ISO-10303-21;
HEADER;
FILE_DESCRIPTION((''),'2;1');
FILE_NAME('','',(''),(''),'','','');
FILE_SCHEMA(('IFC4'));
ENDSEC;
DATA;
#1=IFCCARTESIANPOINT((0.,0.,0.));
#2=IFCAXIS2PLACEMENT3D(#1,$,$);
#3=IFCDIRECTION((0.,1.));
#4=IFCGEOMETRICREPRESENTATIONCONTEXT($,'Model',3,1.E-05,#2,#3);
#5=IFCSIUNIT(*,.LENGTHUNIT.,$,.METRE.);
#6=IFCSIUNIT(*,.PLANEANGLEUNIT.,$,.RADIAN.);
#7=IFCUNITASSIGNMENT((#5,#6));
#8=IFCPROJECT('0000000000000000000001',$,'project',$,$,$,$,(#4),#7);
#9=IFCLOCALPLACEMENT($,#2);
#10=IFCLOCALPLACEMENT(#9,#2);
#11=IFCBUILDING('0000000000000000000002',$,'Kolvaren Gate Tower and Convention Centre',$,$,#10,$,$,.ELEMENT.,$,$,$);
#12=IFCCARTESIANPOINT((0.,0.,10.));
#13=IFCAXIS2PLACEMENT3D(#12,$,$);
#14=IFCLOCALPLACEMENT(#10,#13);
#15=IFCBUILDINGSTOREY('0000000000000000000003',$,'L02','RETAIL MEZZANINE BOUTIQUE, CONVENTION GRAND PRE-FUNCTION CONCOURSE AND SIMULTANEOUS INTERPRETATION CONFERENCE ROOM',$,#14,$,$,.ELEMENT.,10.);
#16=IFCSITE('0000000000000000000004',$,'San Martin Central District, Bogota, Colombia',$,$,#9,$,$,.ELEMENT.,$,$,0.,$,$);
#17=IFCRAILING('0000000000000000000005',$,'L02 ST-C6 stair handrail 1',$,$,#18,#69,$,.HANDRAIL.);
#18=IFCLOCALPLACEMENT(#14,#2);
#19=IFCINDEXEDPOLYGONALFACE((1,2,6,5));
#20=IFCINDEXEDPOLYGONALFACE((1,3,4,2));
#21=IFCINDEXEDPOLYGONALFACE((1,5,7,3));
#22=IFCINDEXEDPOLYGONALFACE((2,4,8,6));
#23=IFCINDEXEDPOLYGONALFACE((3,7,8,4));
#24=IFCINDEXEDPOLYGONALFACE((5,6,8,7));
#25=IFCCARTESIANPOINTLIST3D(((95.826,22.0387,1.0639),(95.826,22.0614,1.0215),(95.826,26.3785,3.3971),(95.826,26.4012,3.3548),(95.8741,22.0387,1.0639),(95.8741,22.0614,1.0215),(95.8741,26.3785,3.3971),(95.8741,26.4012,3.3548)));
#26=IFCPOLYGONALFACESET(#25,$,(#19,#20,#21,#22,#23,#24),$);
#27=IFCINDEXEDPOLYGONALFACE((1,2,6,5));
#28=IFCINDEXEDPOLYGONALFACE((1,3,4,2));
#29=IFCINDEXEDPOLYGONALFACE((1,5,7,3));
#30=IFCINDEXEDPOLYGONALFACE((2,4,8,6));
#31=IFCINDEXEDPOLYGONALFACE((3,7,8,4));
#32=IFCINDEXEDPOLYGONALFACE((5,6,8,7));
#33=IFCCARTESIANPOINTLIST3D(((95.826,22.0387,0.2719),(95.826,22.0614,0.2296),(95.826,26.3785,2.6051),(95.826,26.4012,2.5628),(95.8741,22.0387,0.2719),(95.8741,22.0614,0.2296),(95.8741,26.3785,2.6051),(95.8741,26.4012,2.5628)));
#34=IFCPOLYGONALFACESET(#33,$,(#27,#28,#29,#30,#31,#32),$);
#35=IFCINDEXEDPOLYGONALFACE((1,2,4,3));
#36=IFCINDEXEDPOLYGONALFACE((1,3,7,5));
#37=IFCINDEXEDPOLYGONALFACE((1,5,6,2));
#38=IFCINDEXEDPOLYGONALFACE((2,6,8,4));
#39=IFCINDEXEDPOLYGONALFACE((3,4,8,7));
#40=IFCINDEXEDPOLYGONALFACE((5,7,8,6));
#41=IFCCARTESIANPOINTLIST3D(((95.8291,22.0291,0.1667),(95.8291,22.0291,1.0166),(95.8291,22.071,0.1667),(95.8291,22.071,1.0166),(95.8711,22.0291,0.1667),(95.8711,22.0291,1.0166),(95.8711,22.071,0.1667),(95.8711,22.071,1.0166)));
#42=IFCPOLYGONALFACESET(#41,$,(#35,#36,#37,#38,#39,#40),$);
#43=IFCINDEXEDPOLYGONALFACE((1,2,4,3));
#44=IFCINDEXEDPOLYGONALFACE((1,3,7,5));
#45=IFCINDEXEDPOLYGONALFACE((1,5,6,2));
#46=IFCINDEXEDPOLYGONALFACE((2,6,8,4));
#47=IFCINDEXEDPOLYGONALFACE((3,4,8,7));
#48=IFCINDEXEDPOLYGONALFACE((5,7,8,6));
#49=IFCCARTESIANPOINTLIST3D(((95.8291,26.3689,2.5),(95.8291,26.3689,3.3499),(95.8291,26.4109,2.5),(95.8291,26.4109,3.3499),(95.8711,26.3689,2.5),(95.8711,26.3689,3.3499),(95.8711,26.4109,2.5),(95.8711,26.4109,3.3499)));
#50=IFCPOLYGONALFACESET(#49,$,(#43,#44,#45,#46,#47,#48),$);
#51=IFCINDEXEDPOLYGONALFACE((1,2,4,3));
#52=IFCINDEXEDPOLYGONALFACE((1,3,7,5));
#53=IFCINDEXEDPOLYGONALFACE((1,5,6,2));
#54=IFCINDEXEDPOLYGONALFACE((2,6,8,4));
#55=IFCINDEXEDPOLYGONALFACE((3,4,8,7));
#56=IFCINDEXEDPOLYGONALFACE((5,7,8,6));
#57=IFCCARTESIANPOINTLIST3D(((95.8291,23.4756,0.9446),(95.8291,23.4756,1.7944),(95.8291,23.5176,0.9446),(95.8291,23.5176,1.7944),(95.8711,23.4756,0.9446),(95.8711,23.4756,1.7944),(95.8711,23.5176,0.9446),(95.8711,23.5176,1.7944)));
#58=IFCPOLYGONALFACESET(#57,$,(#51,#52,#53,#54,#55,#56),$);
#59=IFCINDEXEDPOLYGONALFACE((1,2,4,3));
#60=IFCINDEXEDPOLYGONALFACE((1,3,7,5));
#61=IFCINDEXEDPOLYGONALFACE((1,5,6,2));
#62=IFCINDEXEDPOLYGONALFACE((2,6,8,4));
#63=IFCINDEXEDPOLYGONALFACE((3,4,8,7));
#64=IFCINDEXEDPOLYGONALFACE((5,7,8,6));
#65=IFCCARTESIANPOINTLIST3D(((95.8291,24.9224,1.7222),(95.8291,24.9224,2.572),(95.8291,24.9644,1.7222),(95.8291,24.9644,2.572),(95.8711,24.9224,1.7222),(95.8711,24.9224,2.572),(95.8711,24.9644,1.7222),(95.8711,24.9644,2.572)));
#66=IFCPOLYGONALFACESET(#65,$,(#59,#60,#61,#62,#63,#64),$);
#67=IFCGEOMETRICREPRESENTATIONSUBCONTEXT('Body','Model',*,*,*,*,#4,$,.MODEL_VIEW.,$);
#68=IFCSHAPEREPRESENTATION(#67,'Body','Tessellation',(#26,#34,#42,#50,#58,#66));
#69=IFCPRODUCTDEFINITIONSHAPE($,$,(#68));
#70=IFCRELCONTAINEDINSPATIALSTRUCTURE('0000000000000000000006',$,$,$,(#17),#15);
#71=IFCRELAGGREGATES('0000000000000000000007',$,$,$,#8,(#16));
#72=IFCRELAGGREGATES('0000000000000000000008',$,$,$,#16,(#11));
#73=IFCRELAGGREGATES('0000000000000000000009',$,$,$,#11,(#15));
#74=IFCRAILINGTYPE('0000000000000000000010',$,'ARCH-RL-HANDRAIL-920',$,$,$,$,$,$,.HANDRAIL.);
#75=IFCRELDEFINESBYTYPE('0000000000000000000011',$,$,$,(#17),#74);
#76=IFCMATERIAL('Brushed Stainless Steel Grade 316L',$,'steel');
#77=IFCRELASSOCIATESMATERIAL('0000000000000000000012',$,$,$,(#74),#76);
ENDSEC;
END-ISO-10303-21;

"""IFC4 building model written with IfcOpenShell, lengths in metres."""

from ifc_helpers import new_model, si_unit, direction, frame, origin, origin_2d, place, context, subcontext, project, spatial, rectangle, extrude, material, type_object, element, save


model = new_model("IFC4")

# Units and contexts
model_context = context("Model", 3, precision=1e-05, world=origin(), true_north=direction((0.0, 1.0)))
body_context = subcontext(model_context, "Body", "Model", "MODEL_VIEW")
ifc_project = project(units=[si_unit("LENGTHUNIT", "METRE"), si_unit("PLANEANGLEUNIT", "RADIAN")], contexts=[model_context])

# Site, building, storey
site_placement = place(None, origin())
site = spatial("IfcSite", under=ifc_project, at=site_placement, Name="San Martin Central District, Bogota, Colombia", CompositionType="ELEMENT", RefElevation=0.0)
building_placement = place(site_placement, origin())
building = spatial("IfcBuilding", under=site, at=building_placement, Name="Kolvaren Gate Tower and Convention Centre", CompositionType="ELEMENT")
storey_placement = place(building_placement, frame((0.0, 0.0, 10.0)))
storey = spatial("IfcBuildingStorey", under=building, at=storey_placement, Name="L02", Description="RETAIL MEZZANINE BOUTIQUE, CONVENTION GRAND PRE-FUNCTION CONCOURSE AND SIMULTANEOUS INTERPRETATION CONFERENCE ROOM", CompositionType="ELEMENT", Elevation=10.0)

# Railing
ifc_material_1 = material(Name="Brushed Stainless Steel Grade 316L", Category="steel")
railing_type_1 = type_object("IfcRailingType", Name="ARCH-RL-HANDRAIL-920", PredefinedType="HANDRAIL", material=ifc_material_1)
railing_1_placement = place(storey_placement, frame((95.8501, 22.05, 0.1667)))
element("IfcRailing", 1, at=railing_1_placement, inside=storey, type_object=railing_type_1, Name="L02 ST-C6 stair handrail 1", PredefinedType="HANDRAIL", context=body_context, shape_type="SweptSolid", body=[
    extrude(rectangle(XDim=0.0481, YDim=0.0481, at=origin_2d()), frame((0.0, 0.0, 0.876), z_axis=(0.0, 0.880775, 0.473535), x_axis=(-1.0, 0.0, 0.0)), (0.0, 0.0, 1.0), 4.9272),
    extrude(rectangle(XDim=0.0481, YDim=0.0481, at=origin_2d()), frame((0.0, 0.0, 0.084), z_axis=(0.0, 0.880775, 0.473535), x_axis=(-1.0, 0.0, 0.0)), (0.0, 0.0, 1.0), 4.9272),
    extrude(rectangle(XDim=0.042, YDim=0.042, at=origin_2d()), origin(), (0.0, 0.0, 1.0), 0.8499),
    extrude(rectangle(XDim=0.042, YDim=0.042, at=origin_2d()), frame((0.0, 4.3398, 2.3333)), (0.0, 0.0, 1.0), 0.8499),
    extrude(rectangle(XDim=0.042, YDim=0.042, at=origin_2d()), frame((0.0, 1.4465, 0.7778)), (0.0, 0.0, 1.0), 0.8499),
    extrude(rectangle(XDim=0.042, YDim=0.042, at=origin_2d()), frame((0.0, 2.8933, 1.5554)), (0.0, 0.0, 1.0), 0.8499),
])

save(model, "model.ifc")
